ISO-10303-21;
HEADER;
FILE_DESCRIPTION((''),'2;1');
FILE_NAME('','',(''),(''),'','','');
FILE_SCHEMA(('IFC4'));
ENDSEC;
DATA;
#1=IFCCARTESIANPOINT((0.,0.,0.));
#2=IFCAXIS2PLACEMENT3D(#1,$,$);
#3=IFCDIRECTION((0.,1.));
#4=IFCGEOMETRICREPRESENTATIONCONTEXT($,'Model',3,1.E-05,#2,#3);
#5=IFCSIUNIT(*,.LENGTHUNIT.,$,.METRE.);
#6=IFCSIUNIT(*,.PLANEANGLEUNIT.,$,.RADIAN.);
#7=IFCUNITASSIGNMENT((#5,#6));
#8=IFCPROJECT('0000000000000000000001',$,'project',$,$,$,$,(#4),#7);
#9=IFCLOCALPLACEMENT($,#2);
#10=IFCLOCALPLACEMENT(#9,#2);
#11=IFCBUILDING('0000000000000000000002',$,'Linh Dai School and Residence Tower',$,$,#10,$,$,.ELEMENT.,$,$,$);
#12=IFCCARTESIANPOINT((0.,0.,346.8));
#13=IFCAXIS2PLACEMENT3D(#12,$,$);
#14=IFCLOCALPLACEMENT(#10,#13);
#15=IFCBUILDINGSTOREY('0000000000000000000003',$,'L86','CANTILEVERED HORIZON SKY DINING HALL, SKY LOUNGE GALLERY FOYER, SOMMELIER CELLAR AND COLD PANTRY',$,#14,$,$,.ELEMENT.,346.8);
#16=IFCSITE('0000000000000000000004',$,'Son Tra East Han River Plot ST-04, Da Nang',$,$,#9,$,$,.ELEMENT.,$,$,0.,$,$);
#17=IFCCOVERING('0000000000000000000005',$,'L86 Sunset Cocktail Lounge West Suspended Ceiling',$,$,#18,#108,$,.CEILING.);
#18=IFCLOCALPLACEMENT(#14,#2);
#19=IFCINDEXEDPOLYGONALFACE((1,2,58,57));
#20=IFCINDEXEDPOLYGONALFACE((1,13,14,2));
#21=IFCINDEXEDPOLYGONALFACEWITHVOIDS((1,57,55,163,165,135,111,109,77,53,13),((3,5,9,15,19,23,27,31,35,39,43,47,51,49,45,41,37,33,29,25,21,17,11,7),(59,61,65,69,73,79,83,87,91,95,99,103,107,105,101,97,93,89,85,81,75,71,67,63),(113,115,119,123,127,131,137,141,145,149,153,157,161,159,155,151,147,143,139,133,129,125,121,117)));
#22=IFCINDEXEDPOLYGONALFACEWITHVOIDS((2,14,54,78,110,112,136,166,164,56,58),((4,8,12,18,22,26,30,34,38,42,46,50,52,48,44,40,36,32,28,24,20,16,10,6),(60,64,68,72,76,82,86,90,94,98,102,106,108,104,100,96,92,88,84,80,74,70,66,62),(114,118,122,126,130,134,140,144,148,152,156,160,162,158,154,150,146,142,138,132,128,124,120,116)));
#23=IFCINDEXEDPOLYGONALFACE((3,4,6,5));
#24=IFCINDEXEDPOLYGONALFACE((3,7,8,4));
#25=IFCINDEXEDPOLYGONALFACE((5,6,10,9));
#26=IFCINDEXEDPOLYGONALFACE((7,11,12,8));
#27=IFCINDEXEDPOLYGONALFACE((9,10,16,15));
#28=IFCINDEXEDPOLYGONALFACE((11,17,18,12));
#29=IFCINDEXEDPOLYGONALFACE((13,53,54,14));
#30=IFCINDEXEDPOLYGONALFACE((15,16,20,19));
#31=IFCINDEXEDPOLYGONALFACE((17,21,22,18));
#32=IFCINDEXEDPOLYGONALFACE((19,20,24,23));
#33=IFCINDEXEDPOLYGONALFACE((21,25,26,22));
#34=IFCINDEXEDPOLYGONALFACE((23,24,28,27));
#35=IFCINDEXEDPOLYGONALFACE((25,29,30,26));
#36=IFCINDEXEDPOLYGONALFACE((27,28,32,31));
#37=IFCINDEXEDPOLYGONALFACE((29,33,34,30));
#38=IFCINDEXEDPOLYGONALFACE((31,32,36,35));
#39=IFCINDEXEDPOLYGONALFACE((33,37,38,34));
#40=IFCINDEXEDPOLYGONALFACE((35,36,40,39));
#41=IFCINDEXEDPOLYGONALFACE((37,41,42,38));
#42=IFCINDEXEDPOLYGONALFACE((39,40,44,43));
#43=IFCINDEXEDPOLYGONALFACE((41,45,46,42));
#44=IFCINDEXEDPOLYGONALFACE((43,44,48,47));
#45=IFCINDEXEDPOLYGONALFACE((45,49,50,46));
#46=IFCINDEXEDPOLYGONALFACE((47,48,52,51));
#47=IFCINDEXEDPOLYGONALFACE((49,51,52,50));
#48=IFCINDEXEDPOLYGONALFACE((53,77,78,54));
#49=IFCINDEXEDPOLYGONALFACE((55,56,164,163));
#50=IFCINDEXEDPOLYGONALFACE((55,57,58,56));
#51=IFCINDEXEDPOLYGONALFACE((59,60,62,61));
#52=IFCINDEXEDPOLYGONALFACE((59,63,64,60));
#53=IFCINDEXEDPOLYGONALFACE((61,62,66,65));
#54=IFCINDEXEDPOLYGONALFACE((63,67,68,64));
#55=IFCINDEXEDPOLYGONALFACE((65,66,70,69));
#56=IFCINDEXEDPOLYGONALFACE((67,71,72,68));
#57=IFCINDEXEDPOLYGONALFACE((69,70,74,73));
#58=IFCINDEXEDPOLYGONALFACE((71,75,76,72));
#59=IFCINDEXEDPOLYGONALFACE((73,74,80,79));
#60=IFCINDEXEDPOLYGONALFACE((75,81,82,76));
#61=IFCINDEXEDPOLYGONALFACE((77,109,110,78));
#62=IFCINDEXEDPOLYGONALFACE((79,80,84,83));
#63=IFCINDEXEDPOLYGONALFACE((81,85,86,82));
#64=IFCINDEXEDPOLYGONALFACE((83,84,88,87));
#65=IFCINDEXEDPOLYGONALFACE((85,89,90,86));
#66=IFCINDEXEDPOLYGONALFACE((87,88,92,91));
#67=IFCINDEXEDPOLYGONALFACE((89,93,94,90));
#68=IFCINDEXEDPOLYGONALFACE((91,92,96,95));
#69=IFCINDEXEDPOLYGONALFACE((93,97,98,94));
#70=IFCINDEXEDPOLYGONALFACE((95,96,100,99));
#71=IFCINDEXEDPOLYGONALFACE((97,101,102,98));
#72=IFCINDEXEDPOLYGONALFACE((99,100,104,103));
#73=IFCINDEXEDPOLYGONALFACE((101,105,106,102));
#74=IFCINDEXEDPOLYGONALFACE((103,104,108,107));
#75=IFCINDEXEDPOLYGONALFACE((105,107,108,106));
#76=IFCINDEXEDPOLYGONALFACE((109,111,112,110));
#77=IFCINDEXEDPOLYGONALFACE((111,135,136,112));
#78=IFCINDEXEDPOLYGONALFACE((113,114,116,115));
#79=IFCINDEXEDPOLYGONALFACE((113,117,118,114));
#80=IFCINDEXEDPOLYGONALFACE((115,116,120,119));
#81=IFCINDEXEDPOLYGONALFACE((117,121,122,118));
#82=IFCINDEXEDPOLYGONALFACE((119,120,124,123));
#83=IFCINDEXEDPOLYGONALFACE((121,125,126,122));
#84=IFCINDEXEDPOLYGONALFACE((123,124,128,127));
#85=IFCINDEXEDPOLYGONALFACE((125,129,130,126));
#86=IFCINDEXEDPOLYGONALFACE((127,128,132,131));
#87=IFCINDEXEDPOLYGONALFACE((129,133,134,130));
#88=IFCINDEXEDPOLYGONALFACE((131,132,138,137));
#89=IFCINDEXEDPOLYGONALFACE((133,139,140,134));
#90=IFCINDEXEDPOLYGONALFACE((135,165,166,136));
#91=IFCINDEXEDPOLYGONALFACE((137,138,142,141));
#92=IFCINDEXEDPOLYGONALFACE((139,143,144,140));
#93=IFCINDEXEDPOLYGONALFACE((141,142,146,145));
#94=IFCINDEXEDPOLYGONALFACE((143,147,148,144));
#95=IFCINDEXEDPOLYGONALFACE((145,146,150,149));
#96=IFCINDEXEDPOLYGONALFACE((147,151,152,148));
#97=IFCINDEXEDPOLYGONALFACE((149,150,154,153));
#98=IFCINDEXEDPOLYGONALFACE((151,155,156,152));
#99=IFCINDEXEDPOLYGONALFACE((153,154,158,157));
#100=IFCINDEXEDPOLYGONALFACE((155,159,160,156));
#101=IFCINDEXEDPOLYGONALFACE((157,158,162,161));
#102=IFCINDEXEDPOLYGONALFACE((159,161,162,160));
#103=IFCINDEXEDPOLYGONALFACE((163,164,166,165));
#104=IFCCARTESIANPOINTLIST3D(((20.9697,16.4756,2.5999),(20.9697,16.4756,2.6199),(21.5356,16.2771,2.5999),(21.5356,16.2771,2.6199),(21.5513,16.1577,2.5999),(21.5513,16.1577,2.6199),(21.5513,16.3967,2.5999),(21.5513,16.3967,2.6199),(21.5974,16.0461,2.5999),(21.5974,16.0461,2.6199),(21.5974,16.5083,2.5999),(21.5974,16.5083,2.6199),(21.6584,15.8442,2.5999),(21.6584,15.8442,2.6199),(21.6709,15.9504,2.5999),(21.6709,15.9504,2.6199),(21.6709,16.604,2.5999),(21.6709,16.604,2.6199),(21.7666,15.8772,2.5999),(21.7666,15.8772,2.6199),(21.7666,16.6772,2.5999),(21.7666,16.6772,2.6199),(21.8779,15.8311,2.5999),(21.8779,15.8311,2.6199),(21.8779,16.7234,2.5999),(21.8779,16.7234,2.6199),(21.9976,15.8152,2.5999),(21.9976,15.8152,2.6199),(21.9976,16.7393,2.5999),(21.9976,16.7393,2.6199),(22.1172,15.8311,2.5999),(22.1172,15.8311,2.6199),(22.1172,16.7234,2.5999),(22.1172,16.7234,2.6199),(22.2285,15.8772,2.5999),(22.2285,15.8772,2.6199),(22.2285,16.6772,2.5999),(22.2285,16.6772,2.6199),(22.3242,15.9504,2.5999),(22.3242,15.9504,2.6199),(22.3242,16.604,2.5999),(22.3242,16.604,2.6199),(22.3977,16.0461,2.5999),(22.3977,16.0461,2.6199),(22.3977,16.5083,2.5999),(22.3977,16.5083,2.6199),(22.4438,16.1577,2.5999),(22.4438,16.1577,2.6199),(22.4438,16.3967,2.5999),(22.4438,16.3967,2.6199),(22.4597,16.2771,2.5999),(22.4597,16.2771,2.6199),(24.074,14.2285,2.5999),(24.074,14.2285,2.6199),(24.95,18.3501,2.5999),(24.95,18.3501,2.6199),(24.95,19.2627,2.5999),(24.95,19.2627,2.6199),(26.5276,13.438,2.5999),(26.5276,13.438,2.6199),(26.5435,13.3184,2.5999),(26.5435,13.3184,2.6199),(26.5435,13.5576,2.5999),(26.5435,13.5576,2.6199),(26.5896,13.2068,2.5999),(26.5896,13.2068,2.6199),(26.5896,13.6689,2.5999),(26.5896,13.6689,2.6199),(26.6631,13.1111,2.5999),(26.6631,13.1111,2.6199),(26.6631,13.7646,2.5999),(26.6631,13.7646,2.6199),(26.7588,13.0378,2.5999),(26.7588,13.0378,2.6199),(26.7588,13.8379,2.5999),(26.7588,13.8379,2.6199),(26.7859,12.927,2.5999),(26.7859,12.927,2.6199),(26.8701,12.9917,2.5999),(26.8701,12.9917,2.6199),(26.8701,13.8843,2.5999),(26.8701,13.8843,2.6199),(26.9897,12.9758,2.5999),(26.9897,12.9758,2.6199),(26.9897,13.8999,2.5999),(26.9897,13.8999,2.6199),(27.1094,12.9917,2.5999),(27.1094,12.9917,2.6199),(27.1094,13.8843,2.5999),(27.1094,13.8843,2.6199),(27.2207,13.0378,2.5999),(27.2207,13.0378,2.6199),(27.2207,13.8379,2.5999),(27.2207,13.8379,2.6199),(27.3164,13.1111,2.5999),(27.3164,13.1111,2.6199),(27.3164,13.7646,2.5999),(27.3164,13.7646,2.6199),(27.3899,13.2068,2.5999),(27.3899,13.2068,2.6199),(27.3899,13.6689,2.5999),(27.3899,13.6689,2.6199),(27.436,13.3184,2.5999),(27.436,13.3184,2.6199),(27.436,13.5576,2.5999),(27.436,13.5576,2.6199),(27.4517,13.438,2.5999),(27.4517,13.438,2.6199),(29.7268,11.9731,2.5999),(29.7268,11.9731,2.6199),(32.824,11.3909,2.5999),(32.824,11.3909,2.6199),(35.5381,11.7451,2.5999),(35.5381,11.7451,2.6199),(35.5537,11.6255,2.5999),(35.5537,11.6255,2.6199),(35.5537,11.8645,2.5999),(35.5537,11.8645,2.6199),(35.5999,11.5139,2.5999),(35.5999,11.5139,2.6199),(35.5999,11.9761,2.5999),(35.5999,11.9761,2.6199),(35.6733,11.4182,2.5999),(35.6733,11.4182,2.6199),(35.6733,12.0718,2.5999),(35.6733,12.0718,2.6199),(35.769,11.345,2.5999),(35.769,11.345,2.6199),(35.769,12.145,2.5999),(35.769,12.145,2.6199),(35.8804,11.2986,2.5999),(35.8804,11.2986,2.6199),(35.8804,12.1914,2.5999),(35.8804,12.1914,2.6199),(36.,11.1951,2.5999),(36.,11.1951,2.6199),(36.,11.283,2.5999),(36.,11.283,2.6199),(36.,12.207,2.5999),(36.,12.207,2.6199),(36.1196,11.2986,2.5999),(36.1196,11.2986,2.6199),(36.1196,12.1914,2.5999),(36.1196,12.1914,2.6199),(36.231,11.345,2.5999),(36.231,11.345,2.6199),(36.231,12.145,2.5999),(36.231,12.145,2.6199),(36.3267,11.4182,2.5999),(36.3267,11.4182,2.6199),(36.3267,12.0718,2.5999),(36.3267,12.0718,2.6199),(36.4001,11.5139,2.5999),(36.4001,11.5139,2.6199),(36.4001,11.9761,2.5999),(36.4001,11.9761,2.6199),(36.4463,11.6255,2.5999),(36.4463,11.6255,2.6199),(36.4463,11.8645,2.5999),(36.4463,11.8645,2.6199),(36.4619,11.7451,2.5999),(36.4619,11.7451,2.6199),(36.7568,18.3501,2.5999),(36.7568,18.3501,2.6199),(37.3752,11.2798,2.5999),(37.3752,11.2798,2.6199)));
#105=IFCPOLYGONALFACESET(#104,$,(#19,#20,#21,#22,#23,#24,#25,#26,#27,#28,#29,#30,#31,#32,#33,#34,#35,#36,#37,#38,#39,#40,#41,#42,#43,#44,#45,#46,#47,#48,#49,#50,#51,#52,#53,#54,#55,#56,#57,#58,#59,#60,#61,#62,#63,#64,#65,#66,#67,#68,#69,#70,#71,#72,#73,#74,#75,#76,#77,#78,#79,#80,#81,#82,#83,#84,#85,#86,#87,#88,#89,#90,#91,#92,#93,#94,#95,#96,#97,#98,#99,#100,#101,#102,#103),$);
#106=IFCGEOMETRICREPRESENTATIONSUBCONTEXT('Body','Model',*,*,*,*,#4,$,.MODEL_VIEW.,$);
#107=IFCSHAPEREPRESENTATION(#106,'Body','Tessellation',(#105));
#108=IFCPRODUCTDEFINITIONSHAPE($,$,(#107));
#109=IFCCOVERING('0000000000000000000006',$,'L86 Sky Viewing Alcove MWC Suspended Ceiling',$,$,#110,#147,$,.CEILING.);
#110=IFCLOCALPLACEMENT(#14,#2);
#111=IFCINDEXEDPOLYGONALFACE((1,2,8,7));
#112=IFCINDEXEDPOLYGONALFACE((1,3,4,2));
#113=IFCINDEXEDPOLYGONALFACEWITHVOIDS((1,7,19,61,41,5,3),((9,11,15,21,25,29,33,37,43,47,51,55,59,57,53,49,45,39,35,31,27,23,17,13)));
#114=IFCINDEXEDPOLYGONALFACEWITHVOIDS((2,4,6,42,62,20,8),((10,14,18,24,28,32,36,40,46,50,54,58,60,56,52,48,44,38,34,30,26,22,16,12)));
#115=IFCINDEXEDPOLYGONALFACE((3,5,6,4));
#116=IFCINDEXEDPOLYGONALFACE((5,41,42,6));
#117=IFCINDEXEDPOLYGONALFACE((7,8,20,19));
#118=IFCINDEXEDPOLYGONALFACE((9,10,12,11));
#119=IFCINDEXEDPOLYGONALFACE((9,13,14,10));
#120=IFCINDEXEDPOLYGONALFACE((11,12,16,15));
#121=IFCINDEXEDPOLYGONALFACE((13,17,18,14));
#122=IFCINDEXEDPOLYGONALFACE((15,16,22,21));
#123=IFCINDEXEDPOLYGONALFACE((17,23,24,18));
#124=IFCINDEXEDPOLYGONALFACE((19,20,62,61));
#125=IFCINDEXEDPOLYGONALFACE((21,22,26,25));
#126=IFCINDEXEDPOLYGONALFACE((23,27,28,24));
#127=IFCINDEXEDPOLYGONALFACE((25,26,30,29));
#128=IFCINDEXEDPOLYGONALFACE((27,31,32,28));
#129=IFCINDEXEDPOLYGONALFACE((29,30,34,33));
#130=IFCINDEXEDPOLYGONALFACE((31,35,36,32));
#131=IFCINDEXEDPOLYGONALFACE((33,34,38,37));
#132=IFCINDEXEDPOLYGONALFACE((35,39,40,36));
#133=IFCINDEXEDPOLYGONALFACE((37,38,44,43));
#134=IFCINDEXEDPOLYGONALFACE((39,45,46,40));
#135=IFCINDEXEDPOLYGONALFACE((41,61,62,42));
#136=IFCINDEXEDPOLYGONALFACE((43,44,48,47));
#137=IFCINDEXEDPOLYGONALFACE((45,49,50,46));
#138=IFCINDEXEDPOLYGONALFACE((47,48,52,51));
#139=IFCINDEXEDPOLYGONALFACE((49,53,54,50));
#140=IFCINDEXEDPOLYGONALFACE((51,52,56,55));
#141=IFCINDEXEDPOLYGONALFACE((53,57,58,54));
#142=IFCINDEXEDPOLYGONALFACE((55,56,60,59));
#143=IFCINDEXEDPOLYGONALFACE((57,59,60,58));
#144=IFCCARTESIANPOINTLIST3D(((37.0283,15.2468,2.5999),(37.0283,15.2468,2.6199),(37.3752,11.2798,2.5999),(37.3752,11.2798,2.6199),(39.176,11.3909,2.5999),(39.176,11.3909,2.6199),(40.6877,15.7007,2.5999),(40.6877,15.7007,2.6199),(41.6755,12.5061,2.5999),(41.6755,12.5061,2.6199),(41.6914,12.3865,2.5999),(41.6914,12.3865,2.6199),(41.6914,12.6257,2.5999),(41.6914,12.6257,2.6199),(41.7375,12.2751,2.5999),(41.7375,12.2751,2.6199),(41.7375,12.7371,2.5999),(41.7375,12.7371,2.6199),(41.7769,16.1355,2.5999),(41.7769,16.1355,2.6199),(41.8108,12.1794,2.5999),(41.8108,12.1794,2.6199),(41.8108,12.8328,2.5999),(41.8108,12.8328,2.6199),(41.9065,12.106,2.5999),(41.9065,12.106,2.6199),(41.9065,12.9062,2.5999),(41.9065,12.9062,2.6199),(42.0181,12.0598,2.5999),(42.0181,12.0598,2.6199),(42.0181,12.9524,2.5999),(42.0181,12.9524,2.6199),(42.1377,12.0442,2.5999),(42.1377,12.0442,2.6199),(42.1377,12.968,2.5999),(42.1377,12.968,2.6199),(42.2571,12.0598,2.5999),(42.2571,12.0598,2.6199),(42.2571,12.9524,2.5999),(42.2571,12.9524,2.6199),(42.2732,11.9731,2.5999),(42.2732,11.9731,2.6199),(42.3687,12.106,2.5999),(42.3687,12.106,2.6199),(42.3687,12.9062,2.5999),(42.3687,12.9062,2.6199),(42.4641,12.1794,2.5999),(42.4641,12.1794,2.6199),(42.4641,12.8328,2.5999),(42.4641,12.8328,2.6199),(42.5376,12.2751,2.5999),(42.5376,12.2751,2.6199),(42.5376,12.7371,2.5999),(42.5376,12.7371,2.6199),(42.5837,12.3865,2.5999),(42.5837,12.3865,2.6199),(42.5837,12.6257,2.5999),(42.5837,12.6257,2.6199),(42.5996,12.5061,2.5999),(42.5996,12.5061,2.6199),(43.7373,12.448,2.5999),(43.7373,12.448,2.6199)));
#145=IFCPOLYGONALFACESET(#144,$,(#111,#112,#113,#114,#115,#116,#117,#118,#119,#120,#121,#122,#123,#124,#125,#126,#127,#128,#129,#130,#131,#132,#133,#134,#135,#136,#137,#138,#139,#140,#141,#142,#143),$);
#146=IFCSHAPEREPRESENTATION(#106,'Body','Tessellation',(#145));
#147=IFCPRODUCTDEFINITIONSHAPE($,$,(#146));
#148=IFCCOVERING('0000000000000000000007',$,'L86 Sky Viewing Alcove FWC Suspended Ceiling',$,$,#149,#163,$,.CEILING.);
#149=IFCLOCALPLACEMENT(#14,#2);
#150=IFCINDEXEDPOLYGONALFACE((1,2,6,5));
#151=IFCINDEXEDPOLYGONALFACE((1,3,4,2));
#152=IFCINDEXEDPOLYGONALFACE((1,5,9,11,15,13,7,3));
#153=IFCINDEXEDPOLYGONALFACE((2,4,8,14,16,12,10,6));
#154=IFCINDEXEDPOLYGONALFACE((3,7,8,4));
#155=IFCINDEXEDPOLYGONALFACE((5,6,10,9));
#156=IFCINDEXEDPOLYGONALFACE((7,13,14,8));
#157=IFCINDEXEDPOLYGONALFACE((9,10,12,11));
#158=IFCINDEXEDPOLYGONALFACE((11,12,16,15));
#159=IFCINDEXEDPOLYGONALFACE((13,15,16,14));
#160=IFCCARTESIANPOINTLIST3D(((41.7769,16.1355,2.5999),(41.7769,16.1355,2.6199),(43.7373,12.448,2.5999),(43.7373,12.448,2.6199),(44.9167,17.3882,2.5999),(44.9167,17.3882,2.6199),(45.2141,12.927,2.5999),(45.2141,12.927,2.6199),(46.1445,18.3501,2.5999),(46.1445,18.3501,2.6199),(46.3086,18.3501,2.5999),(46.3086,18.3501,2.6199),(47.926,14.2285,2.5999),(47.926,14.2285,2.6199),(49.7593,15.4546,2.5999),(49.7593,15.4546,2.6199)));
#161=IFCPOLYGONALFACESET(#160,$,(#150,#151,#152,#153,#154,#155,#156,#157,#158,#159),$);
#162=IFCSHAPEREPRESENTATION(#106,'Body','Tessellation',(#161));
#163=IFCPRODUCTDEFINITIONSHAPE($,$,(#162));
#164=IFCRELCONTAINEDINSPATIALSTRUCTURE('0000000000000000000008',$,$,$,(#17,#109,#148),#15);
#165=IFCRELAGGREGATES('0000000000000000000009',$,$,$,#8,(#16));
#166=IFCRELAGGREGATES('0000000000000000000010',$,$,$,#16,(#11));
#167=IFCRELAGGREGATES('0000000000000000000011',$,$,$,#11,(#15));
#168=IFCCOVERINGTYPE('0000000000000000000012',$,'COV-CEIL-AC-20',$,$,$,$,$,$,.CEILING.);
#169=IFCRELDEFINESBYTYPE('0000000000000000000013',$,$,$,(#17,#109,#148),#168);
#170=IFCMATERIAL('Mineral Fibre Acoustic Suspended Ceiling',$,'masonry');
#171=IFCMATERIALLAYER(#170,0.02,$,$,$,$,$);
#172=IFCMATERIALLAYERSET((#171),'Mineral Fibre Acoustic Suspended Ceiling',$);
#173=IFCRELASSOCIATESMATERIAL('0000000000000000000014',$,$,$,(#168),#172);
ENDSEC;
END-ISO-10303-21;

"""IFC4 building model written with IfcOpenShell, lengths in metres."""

from ifc_helpers import new_model, si_unit, direction, frame, origin, place, context, subcontext, project, spatial, polyline, outline, extrude, material, layer, layer_set, type_object, element, save


model = new_model("IFC4")

# Units and contexts
model_context = context("Model", 3, precision=1e-05, world=origin(), true_north=direction((0.0, 1.0)))
body_context = subcontext(model_context, "Body", "Model", "MODEL_VIEW")
ifc_project = project(units=[si_unit("LENGTHUNIT", "METRE"), si_unit("PLANEANGLEUNIT", "RADIAN")], contexts=[model_context])

# Site, building, storey
site_placement = place(None, origin())
site = spatial("IfcSite", under=ifc_project, at=site_placement, Name="Son Tra East Han River Plot ST-04, Da Nang", CompositionType="ELEMENT", RefElevation=0.0)
building_placement = place(site_placement, origin())
building = spatial("IfcBuilding", under=site, at=building_placement, Name="Linh Dai School and Residence Tower", CompositionType="ELEMENT")
storey_placement = place(building_placement, frame((0.0, 0.0, 346.8)))
storey = spatial("IfcBuildingStorey", under=building, at=storey_placement, Name="L86", Description="CANTILEVERED HORIZON SKY DINING HALL, SKY LOUNGE GALLERY FOYER, SOMMELIER CELLAR AND COLD PANTRY", CompositionType="ELEMENT", Elevation=346.8)

# Coverings
ifc_material_1 = material(Name="Mineral Fibre Acoustic Suspended Ceiling", Category="masonry")
ifc_layer_1 = layer(ifc_material_1, 0.02)
ifc_layer_set_1 = layer_set([ifc_layer_1], Name="Mineral Fibre Acoustic Suspended Ceiling")
covering_type_1 = type_object("IfcCoveringType", Name="COV-CEIL-AC-20", PredefinedType="CEILING", material=ifc_layer_set_1)
covering_1_placement = place(storey_placement, frame((0.0, 0.0, 2.5999)))
element("IfcCovering", 1, at=covering_1_placement, inside=storey, type_object=covering_type_1, Name="L86 Sunset Cocktail Lounge West Suspended Ceiling", PredefinedType="CEILING", context=body_context, shape_type="SweptSolid", body=[
    extrude(outline(polyline([(32.824, 11.3909), (29.7268, 11.9731), (26.7859, 12.927), (24.074, 14.2285), (21.6584, 15.8442), (20.9697, 16.4756), (24.95, 19.2627), (24.95, 18.3501), (36.7568, 18.3501), (37.3752, 11.2798), (36.0, 11.1951), (32.824, 11.3909)]), holes=[polyline([(36.4619, 11.7451), (36.4463, 11.8645), (36.4001, 11.9761), (36.3267, 12.0718), (36.231, 12.145), (36.1196, 12.1914), (36.0, 12.207), (35.8804, 12.1914), (35.769, 12.145), (35.6733, 12.0718), (35.5999, 11.9761), (35.5537, 11.8645), (35.5381, 11.7451), (35.5537, 11.6255), (35.5999, 11.5139), (35.6733, 11.4182), (35.769, 11.345), (35.8804, 11.2986), (36.0, 11.283), (36.1196, 11.2986), (36.231, 11.345), (36.3267, 11.4182), (36.4001, 11.5139), (36.4463, 11.6255), (36.4619, 11.7451)]), polyline([(27.436, 13.3184), (27.4517, 13.438), (27.436, 13.5576), (27.3899, 13.6689), (27.3164, 13.7646), (27.2207, 13.8379), (27.1094, 13.8843), (26.9897, 13.8999), (26.8701, 13.8843), (26.7588, 13.8379), (26.6631, 13.7646), (26.5896, 13.6689), (26.5435, 13.5576), (26.5276, 13.438), (26.5435, 13.3184), (26.5896, 13.2068), (26.6631, 13.1111), (26.7588, 13.0378), (26.8701, 12.9917), (26.9897, 12.9758), (27.1094, 12.9917), (27.2207, 13.0378), (27.3164, 13.1111), (27.3899, 13.2068), (27.436, 13.3184)]), polyline([(22.4438, 16.1577), (22.4597, 16.2771), (22.4438, 16.3967), (22.3977, 16.5083), (22.3242, 16.604), (22.2285, 16.6772), (22.1172, 16.7234), (21.9976, 16.7393), (21.8779, 16.7234), (21.7666, 16.6772), (21.6709, 16.604), (21.5974, 16.5083), (21.5513, 16.3967), (21.5356, 16.2771), (21.5513, 16.1577), (21.5974, 16.0461), (21.6709, 15.9504), (21.7666, 15.8772), (21.8779, 15.8311), (21.9976, 15.8152), (22.1172, 15.8311), (22.2285, 15.8772), (22.3242, 15.9504), (22.3977, 16.0461), (22.4438, 16.1577)])]), origin(), (0.0, 0.0, 1.0), 0.02),
])
covering_2_placement = place(storey_placement, frame((0.0, 0.0, 2.5999)))
element("IfcCovering", 2, at=covering_2_placement, inside=storey, type_object=covering_type_1, Name="L86 Sky Viewing Alcove MWC Suspended Ceiling", PredefinedType="CEILING", context=body_context, shape_type="SweptSolid", body=[
    extrude(outline(polyline([(40.6877, 15.7007), (41.7769, 16.1355), (43.7373, 12.448), (42.2732, 11.9731), (39.176, 11.3909), (37.3752, 11.2798), (37.0283, 15.2468), (40.6877, 15.7007)]), holes=[polyline([(42.5837, 12.6257), (42.5376, 12.7371), (42.4641, 12.8328), (42.3687, 12.9062), (42.2571, 12.9524), (42.1377, 12.968), (42.0181, 12.9524), (41.9065, 12.9062), (41.8108, 12.8328), (41.7375, 12.7371), (41.6914, 12.6257), (41.6755, 12.5061), (41.6914, 12.3865), (41.7375, 12.2751), (41.8108, 12.1794), (41.9065, 12.106), (42.0181, 12.0598), (42.1377, 12.0442), (42.2571, 12.0598), (42.3687, 12.106), (42.4641, 12.1794), (42.5376, 12.2751), (42.5837, 12.3865), (42.5996, 12.5061), (42.5837, 12.6257)])]), origin(), (0.0, 0.0, 1.0), 0.02),
])
covering_3_placement = place(storey_placement, frame((0.0, 0.0, 2.5999)))
element("IfcCovering", 3, at=covering_3_placement, inside=storey, type_object=covering_type_1, Name="L86 Sky Viewing Alcove FWC Suspended Ceiling", PredefinedType="CEILING", context=body_context, shape_type="SweptSolid", body=[
    extrude(outline(polyline([(44.9167, 17.3882), (46.1445, 18.3501), (46.3086, 18.3501), (49.7593, 15.4546), (47.926, 14.2285), (45.2141, 12.927), (43.7373, 12.448), (41.7769, 16.1355), (44.9167, 17.3882)])), origin(), (0.0, 0.0, 1.0), 0.02),
])

save(model, "model.ifc")
